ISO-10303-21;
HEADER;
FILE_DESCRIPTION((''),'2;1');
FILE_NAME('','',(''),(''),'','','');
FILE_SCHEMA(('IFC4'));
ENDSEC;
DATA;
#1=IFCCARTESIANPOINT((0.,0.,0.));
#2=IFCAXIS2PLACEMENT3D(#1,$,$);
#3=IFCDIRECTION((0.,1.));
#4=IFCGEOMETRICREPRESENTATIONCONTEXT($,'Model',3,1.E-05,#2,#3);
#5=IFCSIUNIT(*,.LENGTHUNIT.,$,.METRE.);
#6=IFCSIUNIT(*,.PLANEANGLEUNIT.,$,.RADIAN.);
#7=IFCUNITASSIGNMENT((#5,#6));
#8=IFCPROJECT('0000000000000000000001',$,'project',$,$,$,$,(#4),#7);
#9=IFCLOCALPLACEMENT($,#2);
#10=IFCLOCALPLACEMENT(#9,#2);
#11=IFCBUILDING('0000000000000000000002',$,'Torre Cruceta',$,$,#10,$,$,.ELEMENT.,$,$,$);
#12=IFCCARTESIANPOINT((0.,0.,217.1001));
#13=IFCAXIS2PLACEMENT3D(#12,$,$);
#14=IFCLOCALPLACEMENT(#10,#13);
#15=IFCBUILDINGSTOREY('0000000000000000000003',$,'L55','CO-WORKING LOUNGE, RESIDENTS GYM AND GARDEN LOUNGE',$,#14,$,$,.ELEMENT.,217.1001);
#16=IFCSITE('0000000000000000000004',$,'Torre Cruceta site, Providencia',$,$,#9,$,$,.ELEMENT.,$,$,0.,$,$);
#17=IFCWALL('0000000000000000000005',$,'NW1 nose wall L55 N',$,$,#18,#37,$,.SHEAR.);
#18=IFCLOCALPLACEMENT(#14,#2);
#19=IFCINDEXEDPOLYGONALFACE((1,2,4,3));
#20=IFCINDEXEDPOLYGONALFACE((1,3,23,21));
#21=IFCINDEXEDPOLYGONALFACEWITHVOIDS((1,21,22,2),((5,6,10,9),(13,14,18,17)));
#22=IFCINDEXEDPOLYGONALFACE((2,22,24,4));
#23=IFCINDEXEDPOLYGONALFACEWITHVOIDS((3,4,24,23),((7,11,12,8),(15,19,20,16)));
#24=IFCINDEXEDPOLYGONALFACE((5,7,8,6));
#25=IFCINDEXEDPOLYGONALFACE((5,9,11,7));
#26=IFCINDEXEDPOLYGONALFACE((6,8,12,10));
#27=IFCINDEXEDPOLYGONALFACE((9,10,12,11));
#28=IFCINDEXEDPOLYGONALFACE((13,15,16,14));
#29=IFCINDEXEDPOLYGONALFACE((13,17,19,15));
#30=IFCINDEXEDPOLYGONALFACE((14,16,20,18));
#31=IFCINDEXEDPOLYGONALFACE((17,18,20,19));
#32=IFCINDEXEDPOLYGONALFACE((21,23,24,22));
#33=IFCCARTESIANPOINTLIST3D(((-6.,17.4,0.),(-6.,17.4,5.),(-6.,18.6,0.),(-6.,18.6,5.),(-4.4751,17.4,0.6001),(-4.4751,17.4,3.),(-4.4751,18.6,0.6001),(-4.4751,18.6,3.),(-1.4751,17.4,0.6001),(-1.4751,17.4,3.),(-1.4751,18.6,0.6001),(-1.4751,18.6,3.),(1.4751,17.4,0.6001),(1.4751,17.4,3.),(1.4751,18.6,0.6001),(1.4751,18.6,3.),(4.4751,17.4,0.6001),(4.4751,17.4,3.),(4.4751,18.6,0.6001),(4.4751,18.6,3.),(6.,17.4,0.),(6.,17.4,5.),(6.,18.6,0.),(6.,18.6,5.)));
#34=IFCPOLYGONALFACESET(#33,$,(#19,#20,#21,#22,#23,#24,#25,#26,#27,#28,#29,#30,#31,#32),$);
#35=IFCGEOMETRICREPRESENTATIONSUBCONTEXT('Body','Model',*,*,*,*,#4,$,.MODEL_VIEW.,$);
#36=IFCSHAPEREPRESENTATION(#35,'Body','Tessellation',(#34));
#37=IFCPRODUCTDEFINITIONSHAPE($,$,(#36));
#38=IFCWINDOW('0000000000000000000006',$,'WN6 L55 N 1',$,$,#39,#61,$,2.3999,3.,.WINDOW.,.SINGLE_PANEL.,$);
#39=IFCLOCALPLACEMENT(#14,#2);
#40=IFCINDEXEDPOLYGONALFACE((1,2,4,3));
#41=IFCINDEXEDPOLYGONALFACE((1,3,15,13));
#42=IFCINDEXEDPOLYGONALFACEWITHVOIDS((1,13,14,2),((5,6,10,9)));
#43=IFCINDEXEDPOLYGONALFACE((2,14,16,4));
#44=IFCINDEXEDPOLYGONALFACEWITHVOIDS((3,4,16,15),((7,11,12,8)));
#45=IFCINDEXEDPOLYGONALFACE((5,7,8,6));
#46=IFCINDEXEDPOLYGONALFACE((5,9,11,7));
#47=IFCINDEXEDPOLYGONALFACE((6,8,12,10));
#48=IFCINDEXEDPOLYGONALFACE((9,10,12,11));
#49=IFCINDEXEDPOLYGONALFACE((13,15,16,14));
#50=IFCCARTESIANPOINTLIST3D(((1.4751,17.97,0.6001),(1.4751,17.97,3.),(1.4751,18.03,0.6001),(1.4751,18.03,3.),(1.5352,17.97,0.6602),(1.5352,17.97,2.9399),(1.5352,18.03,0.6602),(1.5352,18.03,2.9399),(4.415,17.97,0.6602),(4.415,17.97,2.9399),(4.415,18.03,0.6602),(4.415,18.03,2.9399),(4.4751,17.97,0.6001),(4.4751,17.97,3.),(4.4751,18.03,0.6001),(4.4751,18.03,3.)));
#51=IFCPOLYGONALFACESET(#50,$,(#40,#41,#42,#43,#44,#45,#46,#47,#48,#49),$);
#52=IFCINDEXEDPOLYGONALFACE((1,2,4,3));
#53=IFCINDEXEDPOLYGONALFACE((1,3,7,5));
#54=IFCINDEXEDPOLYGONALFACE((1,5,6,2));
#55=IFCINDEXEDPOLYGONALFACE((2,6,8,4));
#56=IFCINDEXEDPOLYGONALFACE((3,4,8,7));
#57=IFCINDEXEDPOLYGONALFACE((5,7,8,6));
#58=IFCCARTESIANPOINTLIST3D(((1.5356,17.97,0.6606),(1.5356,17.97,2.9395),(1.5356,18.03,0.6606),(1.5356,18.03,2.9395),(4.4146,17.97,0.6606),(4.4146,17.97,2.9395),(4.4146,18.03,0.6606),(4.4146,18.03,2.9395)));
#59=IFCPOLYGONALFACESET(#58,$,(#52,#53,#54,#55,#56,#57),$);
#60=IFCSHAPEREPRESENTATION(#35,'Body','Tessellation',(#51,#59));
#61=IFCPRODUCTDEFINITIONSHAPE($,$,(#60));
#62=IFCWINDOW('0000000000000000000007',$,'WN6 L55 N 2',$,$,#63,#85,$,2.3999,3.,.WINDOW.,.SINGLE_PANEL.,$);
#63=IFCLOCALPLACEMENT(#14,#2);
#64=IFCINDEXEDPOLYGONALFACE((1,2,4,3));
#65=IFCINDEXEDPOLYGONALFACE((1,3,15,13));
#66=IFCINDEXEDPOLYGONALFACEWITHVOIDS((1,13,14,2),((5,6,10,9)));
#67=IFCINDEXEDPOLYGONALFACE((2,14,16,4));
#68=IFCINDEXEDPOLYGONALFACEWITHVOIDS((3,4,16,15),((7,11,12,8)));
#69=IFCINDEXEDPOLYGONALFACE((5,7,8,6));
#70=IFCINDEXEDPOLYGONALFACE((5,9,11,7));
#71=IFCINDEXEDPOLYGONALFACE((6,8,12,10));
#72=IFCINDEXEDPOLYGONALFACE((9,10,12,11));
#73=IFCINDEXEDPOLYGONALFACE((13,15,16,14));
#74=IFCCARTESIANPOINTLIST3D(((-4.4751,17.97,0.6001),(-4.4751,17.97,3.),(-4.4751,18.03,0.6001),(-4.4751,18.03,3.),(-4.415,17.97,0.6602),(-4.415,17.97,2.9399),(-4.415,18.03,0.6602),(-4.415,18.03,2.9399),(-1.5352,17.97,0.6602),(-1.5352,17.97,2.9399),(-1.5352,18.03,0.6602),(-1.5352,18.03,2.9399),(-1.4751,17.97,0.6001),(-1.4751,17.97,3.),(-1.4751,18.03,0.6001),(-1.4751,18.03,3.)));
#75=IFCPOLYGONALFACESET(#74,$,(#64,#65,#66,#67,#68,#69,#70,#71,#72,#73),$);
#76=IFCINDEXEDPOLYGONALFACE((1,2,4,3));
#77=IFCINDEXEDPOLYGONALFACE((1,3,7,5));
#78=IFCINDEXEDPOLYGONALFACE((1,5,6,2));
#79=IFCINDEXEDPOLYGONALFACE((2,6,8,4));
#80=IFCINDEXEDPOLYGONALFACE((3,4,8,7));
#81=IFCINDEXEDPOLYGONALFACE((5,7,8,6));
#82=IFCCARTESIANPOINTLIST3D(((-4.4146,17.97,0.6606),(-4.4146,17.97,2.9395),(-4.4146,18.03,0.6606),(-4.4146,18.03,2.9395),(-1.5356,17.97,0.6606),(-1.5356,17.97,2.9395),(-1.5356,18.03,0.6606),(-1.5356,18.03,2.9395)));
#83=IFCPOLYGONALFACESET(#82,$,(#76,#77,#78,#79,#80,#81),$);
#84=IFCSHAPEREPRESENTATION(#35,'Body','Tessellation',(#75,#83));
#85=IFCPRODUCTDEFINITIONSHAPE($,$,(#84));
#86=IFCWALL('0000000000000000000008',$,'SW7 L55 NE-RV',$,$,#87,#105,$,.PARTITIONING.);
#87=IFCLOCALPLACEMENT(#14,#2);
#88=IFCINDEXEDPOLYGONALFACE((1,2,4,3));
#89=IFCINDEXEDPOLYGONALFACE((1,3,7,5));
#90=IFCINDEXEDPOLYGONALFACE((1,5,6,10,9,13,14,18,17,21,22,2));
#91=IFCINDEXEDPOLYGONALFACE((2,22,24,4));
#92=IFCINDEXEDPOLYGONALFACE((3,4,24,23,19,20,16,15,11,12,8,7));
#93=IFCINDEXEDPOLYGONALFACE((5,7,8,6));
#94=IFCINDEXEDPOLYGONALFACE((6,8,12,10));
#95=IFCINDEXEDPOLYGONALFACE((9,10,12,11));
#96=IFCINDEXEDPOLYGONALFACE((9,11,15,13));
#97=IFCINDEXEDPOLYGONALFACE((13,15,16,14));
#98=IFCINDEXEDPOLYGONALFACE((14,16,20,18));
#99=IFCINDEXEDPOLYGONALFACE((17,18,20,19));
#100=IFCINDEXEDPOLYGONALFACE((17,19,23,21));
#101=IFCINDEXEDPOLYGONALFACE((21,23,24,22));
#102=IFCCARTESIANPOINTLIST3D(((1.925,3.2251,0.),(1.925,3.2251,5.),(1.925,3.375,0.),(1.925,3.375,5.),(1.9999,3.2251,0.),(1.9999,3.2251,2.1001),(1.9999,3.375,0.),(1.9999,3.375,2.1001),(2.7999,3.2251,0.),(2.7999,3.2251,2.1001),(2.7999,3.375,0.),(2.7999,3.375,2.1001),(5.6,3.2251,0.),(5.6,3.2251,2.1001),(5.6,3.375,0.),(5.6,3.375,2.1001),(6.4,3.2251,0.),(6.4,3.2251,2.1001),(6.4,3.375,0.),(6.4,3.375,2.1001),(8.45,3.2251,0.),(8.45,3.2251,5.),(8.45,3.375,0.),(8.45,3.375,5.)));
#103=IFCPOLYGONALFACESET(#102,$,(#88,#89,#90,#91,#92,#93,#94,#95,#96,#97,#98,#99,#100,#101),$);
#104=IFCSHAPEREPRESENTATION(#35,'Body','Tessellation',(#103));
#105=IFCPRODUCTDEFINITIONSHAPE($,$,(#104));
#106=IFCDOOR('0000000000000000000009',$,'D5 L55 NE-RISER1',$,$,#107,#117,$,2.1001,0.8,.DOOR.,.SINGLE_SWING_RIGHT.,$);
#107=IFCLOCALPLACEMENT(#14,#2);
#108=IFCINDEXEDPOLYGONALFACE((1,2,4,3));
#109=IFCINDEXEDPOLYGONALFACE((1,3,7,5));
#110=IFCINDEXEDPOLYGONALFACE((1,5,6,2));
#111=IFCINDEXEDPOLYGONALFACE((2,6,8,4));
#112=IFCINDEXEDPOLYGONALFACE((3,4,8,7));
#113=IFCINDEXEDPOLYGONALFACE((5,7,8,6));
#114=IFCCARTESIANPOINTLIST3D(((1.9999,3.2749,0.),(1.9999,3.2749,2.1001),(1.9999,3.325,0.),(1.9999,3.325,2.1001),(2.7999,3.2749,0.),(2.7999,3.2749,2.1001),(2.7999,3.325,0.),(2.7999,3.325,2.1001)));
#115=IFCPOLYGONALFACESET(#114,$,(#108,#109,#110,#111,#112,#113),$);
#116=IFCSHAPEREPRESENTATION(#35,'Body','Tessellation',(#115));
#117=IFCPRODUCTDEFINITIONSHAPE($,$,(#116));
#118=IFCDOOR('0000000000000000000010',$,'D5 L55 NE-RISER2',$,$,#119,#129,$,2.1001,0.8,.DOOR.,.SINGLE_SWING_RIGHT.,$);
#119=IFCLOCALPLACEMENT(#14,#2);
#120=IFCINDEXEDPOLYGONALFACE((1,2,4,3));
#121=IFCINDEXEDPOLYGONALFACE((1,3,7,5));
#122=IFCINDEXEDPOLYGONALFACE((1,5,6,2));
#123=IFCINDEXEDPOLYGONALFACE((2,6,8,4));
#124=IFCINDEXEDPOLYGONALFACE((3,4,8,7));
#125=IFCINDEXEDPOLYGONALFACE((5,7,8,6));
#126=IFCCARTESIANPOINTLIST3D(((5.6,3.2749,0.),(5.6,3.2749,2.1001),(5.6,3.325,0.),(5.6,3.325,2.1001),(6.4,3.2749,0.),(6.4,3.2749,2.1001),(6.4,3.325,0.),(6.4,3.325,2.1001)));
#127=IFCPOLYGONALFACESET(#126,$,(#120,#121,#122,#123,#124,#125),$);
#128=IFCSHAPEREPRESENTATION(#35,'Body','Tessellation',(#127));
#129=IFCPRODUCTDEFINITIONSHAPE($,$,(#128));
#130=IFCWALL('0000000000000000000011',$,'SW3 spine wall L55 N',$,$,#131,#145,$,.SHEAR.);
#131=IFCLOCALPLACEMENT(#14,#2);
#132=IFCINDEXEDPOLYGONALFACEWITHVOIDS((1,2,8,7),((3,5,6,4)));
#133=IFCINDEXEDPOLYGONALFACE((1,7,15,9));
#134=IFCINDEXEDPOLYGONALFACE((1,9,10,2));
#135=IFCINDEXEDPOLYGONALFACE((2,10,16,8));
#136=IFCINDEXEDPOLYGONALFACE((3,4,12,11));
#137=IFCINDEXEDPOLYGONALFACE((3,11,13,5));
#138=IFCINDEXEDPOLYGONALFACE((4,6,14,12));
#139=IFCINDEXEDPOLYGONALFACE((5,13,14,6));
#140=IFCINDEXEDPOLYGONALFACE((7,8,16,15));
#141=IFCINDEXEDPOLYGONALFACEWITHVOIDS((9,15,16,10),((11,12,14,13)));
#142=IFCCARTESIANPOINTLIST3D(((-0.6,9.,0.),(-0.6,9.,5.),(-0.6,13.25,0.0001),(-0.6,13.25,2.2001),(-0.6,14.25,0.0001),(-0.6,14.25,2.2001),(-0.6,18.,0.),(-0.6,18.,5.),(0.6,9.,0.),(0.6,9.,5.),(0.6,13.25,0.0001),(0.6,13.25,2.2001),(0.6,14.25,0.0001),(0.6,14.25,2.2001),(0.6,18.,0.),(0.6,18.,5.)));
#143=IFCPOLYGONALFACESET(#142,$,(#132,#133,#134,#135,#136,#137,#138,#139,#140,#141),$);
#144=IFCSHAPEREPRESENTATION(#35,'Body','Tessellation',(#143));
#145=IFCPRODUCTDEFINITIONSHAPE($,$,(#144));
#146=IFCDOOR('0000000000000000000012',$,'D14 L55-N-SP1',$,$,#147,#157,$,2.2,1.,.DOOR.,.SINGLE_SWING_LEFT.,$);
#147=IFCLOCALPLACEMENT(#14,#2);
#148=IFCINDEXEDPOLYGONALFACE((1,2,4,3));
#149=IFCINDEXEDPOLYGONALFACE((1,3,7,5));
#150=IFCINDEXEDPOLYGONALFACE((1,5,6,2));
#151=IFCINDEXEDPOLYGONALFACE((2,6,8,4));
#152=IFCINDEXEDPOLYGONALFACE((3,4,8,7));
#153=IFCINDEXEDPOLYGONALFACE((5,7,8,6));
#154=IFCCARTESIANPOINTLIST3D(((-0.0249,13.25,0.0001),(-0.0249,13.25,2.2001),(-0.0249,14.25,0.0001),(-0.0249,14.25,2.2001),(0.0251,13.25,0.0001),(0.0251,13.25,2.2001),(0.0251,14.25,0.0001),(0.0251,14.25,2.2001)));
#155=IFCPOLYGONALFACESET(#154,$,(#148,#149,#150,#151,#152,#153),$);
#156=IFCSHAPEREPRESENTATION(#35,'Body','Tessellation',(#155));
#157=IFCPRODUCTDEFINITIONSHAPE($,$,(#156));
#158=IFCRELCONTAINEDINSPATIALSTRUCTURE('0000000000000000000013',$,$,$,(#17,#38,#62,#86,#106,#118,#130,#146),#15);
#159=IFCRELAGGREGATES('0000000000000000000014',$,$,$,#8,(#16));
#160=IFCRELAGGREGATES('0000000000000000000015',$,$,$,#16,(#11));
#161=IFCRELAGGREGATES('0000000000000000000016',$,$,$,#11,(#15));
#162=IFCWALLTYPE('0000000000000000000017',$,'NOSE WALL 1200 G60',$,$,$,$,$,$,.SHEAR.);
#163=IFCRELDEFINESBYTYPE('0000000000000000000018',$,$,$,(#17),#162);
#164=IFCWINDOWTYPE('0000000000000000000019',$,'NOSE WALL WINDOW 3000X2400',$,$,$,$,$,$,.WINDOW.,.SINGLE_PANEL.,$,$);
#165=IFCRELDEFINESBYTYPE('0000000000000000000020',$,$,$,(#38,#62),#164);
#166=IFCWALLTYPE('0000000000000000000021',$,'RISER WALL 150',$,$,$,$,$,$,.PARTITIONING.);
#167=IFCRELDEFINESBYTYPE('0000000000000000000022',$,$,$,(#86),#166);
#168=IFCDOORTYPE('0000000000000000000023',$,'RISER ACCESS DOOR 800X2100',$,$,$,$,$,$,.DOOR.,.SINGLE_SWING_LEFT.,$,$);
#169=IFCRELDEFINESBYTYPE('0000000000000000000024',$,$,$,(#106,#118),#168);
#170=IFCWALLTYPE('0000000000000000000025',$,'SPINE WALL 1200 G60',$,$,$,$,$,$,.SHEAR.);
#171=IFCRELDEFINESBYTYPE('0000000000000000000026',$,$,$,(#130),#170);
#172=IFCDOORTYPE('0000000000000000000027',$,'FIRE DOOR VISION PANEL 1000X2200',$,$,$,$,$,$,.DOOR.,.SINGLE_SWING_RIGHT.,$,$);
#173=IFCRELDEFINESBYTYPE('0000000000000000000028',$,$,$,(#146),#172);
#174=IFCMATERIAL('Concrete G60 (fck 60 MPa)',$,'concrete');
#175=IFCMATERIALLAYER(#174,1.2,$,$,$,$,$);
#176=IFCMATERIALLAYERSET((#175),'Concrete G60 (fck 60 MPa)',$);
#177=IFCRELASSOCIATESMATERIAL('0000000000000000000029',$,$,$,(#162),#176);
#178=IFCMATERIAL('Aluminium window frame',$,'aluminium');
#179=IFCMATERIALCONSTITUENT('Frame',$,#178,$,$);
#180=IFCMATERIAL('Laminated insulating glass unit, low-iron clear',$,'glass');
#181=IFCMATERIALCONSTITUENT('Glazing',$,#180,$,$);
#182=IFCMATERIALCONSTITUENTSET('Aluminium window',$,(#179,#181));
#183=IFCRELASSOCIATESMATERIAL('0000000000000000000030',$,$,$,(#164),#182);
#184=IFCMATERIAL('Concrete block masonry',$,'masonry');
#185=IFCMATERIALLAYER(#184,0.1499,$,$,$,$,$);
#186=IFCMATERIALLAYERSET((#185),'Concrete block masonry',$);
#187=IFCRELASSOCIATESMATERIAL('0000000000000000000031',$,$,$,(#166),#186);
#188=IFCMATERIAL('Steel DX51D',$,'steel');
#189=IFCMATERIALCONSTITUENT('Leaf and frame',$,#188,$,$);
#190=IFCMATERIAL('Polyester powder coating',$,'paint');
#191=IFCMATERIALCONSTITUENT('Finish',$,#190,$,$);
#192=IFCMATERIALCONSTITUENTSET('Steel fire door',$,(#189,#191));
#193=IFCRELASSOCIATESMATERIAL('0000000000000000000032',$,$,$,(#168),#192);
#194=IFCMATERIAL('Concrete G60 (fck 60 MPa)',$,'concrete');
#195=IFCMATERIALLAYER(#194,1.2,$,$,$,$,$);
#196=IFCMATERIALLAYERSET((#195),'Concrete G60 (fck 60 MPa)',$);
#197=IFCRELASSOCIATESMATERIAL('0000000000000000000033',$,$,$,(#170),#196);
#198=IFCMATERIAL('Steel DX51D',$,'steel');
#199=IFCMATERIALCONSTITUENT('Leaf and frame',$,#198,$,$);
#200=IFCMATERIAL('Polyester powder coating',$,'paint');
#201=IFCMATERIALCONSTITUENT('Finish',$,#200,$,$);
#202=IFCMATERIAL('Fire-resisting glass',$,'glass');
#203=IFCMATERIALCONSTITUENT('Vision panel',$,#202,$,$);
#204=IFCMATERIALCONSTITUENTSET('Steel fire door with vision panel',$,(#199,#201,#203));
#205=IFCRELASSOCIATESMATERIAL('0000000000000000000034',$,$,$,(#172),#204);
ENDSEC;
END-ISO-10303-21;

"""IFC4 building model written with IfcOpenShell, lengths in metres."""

from ifc_helpers import new_model, si_unit, direction, frame, frame_2d, origin, place, context, subcontext, project, spatial, rectangle, hollow_rectangle, extrude, material, layer, layer_set, constituent, constituent_set, type_object, element, fill, save


model = new_model("IFC4")

# Units and contexts
model_context = context("Model", 3, precision=1e-05, world=origin(), true_north=direction((0.0, 1.0)))
body_context = subcontext(model_context, "Body", "Model", "MODEL_VIEW")
ifc_project = project(units=[si_unit("LENGTHUNIT", "METRE"), si_unit("PLANEANGLEUNIT", "RADIAN")], contexts=[model_context])

# Site, building, storey
site_placement = place(None, origin())
site = spatial("IfcSite", under=ifc_project, at=site_placement, Name="Torre Cruceta site, Providencia", CompositionType="ELEMENT", RefElevation=0.0)
building_placement = place(site_placement, origin())
building = spatial("IfcBuilding", under=site, at=building_placement, Name="Torre Cruceta", CompositionType="ELEMENT")
storey_placement = place(building_placement, frame((0.0, 0.0, 217.1001)))
storey = spatial("IfcBuildingStorey", under=building, at=storey_placement, Name="L55", Description="CO-WORKING LOUNGE, RESIDENTS GYM AND GARDEN LOUNGE", CompositionType="ELEMENT", Elevation=217.1001)

# Wall, openings, windows
ifc_material_1 = material(Name="Concrete G60 (fck 60 MPa)", Category="concrete")
ifc_layer_1 = layer(ifc_material_1, 1.2)
ifc_layer_set_1 = layer_set([ifc_layer_1], Name="Concrete G60 (fck 60 MPa)")
wall_type_1 = type_object("IfcWallType", Name="NOSE WALL 1200 G60", PredefinedType="SHEAR", material=ifc_layer_set_1)
wall_1_placement = place(storey_placement, frame((6.0, 18.0, 0.0), z_axis=(0.0, 0.0, 1.0), x_axis=(-1.0, 0.0, 0.0)))
wall_1 = element("IfcWall", 1, at=wall_1_placement, inside=storey, type_object=wall_type_1, Name="NW1 nose wall L55 N", PredefinedType="SHEAR", context=body_context, shape_type="SweptSolid", body=[
    extrude(rectangle(XDim=12.0, YDim=1.2, at=frame_2d((6.0, 0.0))), origin(), (0.0, 0.0, 1.0), 5.0),
])
opening_1_placement = place(wall_1_placement, frame((1.5249, 0.0, 0.6001)))
opening_1 = element("IfcOpeningElement", 2, at=opening_1_placement, cuts=wall_1, PredefinedType="OPENING", context=body_context, shape_type="SweptSolid", body=[
    extrude(rectangle(XDim=3.0, YDim=2.3999, at=frame_2d((1.5, 1.2))), frame((0.0, 0.6099, 0.0), z_axis=(0.0, -1.0, 0.0), x_axis=(1.0, 0.0, 0.0)), (0.0, 0.0, 1.0), 1.22),
])
opening_2_placement = place(wall_1_placement, frame((7.4751, 0.0, 0.6001)))
opening_2 = element("IfcOpeningElement", 3, at=opening_2_placement, cuts=wall_1, PredefinedType="OPENING", context=body_context, shape_type="SweptSolid", body=[
    extrude(rectangle(XDim=3.0, YDim=2.3999, at=frame_2d((1.5, 1.2))), frame((0.0, 0.6099, 0.0), z_axis=(0.0, -1.0, 0.0), x_axis=(1.0, 0.0, 0.0)), (0.0, 0.0, 1.0), 1.22),
])
ifc_material_2 = material(Name="Aluminium window frame", Category="aluminium")
ifc_constituent_1 = constituent(ifc_material_2, Name="Frame")
ifc_material_3 = material(Name="Laminated insulating glass unit, low-iron clear", Category="glass")
ifc_constituent_2 = constituent(ifc_material_3, Name="Glazing")
ifc_constituent_set_1 = constituent_set(constituents=[ifc_constituent_1, ifc_constituent_2], Name="Aluminium window")
window_type = type_object("IfcWindowType", Name="NOSE WALL WINDOW 3000X2400", PartitioningType="SINGLE_PANEL", PredefinedType="WINDOW", material=ifc_constituent_set_1)
window_1_placement = place(opening_1_placement, origin())
window_1 = element("IfcWindow", 4, at=window_1_placement, inside=storey, type_object=window_type, Name="WN6 L55 N 1", OverallHeight=2.3999, OverallWidth=3.0, PartitioningType="SINGLE_PANEL", PredefinedType="WINDOW", context=body_context, shape_type="SweptSolid", body=[
    extrude(hollow_rectangle(XDim=3.0, YDim=2.3999, WallThickness=0.0601, at=frame_2d((1.5, 1.2))), frame((0.0, 0.03, 0.0), z_axis=(0.0, -1.0, 0.0), x_axis=(1.0, 0.0, 0.0)), (0.0, 0.0, 1.0), 0.0601),
    extrude(rectangle(XDim=2.8789, YDim=2.2788, at=frame_2d((1.5, 1.2))), frame((0.0, 0.03, 0.0), z_axis=(0.0, -1.0, 0.0), x_axis=(1.0, 0.0, 0.0)), (0.0, 0.0, 1.0), 0.0601),
])
fill(opening_1, window_1)
window_2_placement = place(opening_2_placement, origin())
window_2 = element("IfcWindow", 5, at=window_2_placement, inside=storey, type_object=window_type, Name="WN6 L55 N 2", OverallHeight=2.3999, OverallWidth=3.0, PartitioningType="SINGLE_PANEL", PredefinedType="WINDOW", context=body_context, shape_type="SweptSolid", body=[
    extrude(hollow_rectangle(XDim=3.0, YDim=2.3999, WallThickness=0.0601, at=frame_2d((1.5, 1.2))), frame((0.0, 0.03, 0.0), z_axis=(0.0, -1.0, 0.0), x_axis=(1.0, 0.0, 0.0)), (0.0, 0.0, 1.0), 0.0601),
    extrude(rectangle(XDim=2.8789, YDim=2.2788, at=frame_2d((1.5, 1.2))), frame((0.0, 0.03, 0.0), z_axis=(0.0, -1.0, 0.0), x_axis=(1.0, 0.0, 0.0)), (0.0, 0.0, 1.0), 0.0601),
])
fill(opening_2, window_2)

# Wall, openings, doors
ifc_material_4 = material(Name="Concrete block masonry", Category="masonry")
ifc_layer_2 = layer(ifc_material_4, 0.1499)
ifc_layer_set_2 = layer_set([ifc_layer_2], Name="Concrete block masonry")
wall_type_2 = type_object("IfcWallType", Name="RISER WALL 150", PredefinedType="PARTITIONING", material=ifc_layer_set_2)
wall_2_placement = place(storey_placement, frame((1.925, 3.3, 0.0), z_axis=(0.0, 0.0, 1.0), x_axis=(1.0, 0.0, 0.0)))
wall_2 = element("IfcWall", 6, at=wall_2_placement, inside=storey, type_object=wall_type_2, Name="SW7 L55 NE-RV", PredefinedType="PARTITIONING", context=body_context, shape_type="SweptSolid", body=[
    extrude(rectangle(XDim=6.5249, YDim=0.1499, at=frame_2d((3.2625, 0.0))), origin(), (0.0, 0.0, 1.0), 5.0),
])
opening_3_placement = place(wall_2_placement, frame((0.075, 0.0, 0.0)))
opening_3 = element("IfcOpeningElement", 7, at=opening_3_placement, cuts=wall_2, PredefinedType="OPENING", context=body_context, shape_type="SweptSolid", body=[
    extrude(rectangle(XDim=0.8, YDim=2.1001, at=frame_2d((0.3999, 1.05))), frame((0.0, 0.085, 0.0), z_axis=(0.0, -1.0, 0.0), x_axis=(1.0, 0.0, 0.0)), (0.0, 0.0, 1.0), 0.1699),
])
opening_4_placement = place(wall_2_placement, frame((3.675, 0.0, 0.0)))
opening_4 = element("IfcOpeningElement", 8, at=opening_4_placement, cuts=wall_2, PredefinedType="OPENING", context=body_context, shape_type="SweptSolid", body=[
    extrude(rectangle(XDim=0.8, YDim=2.1001, at=frame_2d((0.3999, 1.05))), frame((0.0, 0.085, 0.0), z_axis=(0.0, -1.0, 0.0), x_axis=(1.0, 0.0, 0.0)), (0.0, 0.0, 1.0), 0.1699),
])
ifc_material_5 = material(Name="Steel DX51D", Category="steel")
ifc_constituent_3 = constituent(ifc_material_5, Name="Leaf and frame")
ifc_material_6 = material(Name="Polyester powder coating", Category="paint")
ifc_constituent_4 = constituent(ifc_material_6, Name="Finish")
ifc_constituent_set_2 = constituent_set(constituents=[ifc_constituent_3, ifc_constituent_4], Name="Steel fire door")
door_type_1 = type_object("IfcDoorType", Name="RISER ACCESS DOOR 800X2100", OperationType="SINGLE_SWING_LEFT", PredefinedType="DOOR", material=ifc_constituent_set_2)
door_1_placement = place(opening_3_placement, frame((0.8, 0.0, 0.0), z_axis=(0.0, 0.0, 1.0), x_axis=(-1.0, 0.0, 0.0)))
door_1 = element("IfcDoor", 9, at=door_1_placement, inside=storey, type_object=door_type_1, Name="D5 L55 NE-RISER1", OperationType="SINGLE_SWING_RIGHT", OverallHeight=2.1001, OverallWidth=0.8, PredefinedType="DOOR", context=body_context, shape_type="SweptSolid", body=[
    extrude(rectangle(XDim=0.8, YDim=2.1001, at=frame_2d((0.4001, 1.05))), frame((0.0, 0.0251, 0.0), z_axis=(0.0, -1.0, 0.0), x_axis=(1.0, 0.0, 0.0)), (0.0, 0.0, 1.0), 0.05),
])
fill(opening_3, door_1)
door_2_placement = place(opening_4_placement, frame((0.8, 0.0, 0.0), z_axis=(0.0, 0.0, 1.0), x_axis=(-1.0, 0.0, 0.0)))
door_2 = element("IfcDoor", 10, at=door_2_placement, inside=storey, type_object=door_type_1, Name="D5 L55 NE-RISER2", OperationType="SINGLE_SWING_RIGHT", OverallHeight=2.1001, OverallWidth=0.8, PredefinedType="DOOR", context=body_context, shape_type="SweptSolid", body=[
    extrude(rectangle(XDim=0.8, YDim=2.1001, at=frame_2d((0.4001, 1.05))), frame((0.0, 0.0251, 0.0), z_axis=(0.0, -1.0, 0.0), x_axis=(1.0, 0.0, 0.0)), (0.0, 0.0, 1.0), 0.05),
])
fill(opening_4, door_2)

# Wall, opening, door
ifc_material_7 = material(Name="Concrete G60 (fck 60 MPa)", Category="concrete")
ifc_layer_3 = layer(ifc_material_7, 1.2)
ifc_layer_set_3 = layer_set([ifc_layer_3], Name="Concrete G60 (fck 60 MPa)")
wall_type_3 = type_object("IfcWallType", Name="SPINE WALL 1200 G60", PredefinedType="SHEAR", material=ifc_layer_set_3)
wall_3_placement = place(storey_placement, frame((0.0, 9.0, 0.0), z_axis=(0.0, 0.0, 1.0), x_axis=(0.0, 1.0, 0.0)))
wall_3 = element("IfcWall", 11, at=wall_3_placement, inside=storey, type_object=wall_type_3, Name="SW3 spine wall L55 N", PredefinedType="SHEAR", context=body_context, shape_type="SweptSolid", body=[
    extrude(rectangle(XDim=9.0, YDim=1.2, at=frame_2d((4.5, 0.0))), origin(), (0.0, 0.0, 1.0), 5.0),
])
opening_5_placement = place(wall_3_placement, frame((4.25, 0.0, 0.0)))
opening_5 = element("IfcOpeningElement", 12, at=opening_5_placement, cuts=wall_3, PredefinedType="OPENING", context=body_context, shape_type="SweptSolid", body=[
    extrude(rectangle(XDim=1.0, YDim=2.2, at=frame_2d((0.5, 1.1001))), frame((0.0, 0.6099, 0.0), z_axis=(0.0, -1.0, 0.0), x_axis=(1.0, 0.0, 0.0)), (0.0, 0.0, 1.0), 1.22),
])
ifc_material_8 = material(Name="Steel DX51D", Category="steel")
ifc_constituent_5 = constituent(ifc_material_8, Name="Leaf and frame")
ifc_material_9 = material(Name="Polyester powder coating", Category="paint")
ifc_constituent_6 = constituent(ifc_material_9, Name="Finish")
ifc_material_10 = material(Name="Fire-resisting glass", Category="glass")
ifc_constituent_7 = constituent(ifc_material_10, Name="Vision panel")
ifc_constituent_set_3 = constituent_set(constituents=[ifc_constituent_5, ifc_constituent_6, ifc_constituent_7], Name="Steel fire door with vision panel")
door_type_2 = type_object("IfcDoorType", Name="FIRE DOOR VISION PANEL 1000X2200", OperationType="SINGLE_SWING_RIGHT", PredefinedType="DOOR", material=ifc_constituent_set_3)
door_3_placement = place(opening_5_placement, frame((1.0, 0.0, 0.0), z_axis=(0.0, 0.0, 1.0), x_axis=(-1.0, 0.0, 0.0)))
door_3 = element("IfcDoor", 13, at=door_3_placement, inside=storey, type_object=door_type_2, Name="D14 L55-N-SP1", OperationType="SINGLE_SWING_LEFT", OverallHeight=2.2, OverallWidth=1.0, PredefinedType="DOOR", context=body_context, shape_type="SweptSolid", body=[
    extrude(rectangle(XDim=1.0, YDim=2.2, at=frame_2d((0.5, 1.1001))), frame((0.0, 0.0251, 0.0), z_axis=(0.0, -1.0, 0.0), x_axis=(1.0, 0.0, 0.0)), (0.0, 0.0, 1.0), 0.05),
])
fill(opening_5, door_3)

save(model, "model.ifc")
